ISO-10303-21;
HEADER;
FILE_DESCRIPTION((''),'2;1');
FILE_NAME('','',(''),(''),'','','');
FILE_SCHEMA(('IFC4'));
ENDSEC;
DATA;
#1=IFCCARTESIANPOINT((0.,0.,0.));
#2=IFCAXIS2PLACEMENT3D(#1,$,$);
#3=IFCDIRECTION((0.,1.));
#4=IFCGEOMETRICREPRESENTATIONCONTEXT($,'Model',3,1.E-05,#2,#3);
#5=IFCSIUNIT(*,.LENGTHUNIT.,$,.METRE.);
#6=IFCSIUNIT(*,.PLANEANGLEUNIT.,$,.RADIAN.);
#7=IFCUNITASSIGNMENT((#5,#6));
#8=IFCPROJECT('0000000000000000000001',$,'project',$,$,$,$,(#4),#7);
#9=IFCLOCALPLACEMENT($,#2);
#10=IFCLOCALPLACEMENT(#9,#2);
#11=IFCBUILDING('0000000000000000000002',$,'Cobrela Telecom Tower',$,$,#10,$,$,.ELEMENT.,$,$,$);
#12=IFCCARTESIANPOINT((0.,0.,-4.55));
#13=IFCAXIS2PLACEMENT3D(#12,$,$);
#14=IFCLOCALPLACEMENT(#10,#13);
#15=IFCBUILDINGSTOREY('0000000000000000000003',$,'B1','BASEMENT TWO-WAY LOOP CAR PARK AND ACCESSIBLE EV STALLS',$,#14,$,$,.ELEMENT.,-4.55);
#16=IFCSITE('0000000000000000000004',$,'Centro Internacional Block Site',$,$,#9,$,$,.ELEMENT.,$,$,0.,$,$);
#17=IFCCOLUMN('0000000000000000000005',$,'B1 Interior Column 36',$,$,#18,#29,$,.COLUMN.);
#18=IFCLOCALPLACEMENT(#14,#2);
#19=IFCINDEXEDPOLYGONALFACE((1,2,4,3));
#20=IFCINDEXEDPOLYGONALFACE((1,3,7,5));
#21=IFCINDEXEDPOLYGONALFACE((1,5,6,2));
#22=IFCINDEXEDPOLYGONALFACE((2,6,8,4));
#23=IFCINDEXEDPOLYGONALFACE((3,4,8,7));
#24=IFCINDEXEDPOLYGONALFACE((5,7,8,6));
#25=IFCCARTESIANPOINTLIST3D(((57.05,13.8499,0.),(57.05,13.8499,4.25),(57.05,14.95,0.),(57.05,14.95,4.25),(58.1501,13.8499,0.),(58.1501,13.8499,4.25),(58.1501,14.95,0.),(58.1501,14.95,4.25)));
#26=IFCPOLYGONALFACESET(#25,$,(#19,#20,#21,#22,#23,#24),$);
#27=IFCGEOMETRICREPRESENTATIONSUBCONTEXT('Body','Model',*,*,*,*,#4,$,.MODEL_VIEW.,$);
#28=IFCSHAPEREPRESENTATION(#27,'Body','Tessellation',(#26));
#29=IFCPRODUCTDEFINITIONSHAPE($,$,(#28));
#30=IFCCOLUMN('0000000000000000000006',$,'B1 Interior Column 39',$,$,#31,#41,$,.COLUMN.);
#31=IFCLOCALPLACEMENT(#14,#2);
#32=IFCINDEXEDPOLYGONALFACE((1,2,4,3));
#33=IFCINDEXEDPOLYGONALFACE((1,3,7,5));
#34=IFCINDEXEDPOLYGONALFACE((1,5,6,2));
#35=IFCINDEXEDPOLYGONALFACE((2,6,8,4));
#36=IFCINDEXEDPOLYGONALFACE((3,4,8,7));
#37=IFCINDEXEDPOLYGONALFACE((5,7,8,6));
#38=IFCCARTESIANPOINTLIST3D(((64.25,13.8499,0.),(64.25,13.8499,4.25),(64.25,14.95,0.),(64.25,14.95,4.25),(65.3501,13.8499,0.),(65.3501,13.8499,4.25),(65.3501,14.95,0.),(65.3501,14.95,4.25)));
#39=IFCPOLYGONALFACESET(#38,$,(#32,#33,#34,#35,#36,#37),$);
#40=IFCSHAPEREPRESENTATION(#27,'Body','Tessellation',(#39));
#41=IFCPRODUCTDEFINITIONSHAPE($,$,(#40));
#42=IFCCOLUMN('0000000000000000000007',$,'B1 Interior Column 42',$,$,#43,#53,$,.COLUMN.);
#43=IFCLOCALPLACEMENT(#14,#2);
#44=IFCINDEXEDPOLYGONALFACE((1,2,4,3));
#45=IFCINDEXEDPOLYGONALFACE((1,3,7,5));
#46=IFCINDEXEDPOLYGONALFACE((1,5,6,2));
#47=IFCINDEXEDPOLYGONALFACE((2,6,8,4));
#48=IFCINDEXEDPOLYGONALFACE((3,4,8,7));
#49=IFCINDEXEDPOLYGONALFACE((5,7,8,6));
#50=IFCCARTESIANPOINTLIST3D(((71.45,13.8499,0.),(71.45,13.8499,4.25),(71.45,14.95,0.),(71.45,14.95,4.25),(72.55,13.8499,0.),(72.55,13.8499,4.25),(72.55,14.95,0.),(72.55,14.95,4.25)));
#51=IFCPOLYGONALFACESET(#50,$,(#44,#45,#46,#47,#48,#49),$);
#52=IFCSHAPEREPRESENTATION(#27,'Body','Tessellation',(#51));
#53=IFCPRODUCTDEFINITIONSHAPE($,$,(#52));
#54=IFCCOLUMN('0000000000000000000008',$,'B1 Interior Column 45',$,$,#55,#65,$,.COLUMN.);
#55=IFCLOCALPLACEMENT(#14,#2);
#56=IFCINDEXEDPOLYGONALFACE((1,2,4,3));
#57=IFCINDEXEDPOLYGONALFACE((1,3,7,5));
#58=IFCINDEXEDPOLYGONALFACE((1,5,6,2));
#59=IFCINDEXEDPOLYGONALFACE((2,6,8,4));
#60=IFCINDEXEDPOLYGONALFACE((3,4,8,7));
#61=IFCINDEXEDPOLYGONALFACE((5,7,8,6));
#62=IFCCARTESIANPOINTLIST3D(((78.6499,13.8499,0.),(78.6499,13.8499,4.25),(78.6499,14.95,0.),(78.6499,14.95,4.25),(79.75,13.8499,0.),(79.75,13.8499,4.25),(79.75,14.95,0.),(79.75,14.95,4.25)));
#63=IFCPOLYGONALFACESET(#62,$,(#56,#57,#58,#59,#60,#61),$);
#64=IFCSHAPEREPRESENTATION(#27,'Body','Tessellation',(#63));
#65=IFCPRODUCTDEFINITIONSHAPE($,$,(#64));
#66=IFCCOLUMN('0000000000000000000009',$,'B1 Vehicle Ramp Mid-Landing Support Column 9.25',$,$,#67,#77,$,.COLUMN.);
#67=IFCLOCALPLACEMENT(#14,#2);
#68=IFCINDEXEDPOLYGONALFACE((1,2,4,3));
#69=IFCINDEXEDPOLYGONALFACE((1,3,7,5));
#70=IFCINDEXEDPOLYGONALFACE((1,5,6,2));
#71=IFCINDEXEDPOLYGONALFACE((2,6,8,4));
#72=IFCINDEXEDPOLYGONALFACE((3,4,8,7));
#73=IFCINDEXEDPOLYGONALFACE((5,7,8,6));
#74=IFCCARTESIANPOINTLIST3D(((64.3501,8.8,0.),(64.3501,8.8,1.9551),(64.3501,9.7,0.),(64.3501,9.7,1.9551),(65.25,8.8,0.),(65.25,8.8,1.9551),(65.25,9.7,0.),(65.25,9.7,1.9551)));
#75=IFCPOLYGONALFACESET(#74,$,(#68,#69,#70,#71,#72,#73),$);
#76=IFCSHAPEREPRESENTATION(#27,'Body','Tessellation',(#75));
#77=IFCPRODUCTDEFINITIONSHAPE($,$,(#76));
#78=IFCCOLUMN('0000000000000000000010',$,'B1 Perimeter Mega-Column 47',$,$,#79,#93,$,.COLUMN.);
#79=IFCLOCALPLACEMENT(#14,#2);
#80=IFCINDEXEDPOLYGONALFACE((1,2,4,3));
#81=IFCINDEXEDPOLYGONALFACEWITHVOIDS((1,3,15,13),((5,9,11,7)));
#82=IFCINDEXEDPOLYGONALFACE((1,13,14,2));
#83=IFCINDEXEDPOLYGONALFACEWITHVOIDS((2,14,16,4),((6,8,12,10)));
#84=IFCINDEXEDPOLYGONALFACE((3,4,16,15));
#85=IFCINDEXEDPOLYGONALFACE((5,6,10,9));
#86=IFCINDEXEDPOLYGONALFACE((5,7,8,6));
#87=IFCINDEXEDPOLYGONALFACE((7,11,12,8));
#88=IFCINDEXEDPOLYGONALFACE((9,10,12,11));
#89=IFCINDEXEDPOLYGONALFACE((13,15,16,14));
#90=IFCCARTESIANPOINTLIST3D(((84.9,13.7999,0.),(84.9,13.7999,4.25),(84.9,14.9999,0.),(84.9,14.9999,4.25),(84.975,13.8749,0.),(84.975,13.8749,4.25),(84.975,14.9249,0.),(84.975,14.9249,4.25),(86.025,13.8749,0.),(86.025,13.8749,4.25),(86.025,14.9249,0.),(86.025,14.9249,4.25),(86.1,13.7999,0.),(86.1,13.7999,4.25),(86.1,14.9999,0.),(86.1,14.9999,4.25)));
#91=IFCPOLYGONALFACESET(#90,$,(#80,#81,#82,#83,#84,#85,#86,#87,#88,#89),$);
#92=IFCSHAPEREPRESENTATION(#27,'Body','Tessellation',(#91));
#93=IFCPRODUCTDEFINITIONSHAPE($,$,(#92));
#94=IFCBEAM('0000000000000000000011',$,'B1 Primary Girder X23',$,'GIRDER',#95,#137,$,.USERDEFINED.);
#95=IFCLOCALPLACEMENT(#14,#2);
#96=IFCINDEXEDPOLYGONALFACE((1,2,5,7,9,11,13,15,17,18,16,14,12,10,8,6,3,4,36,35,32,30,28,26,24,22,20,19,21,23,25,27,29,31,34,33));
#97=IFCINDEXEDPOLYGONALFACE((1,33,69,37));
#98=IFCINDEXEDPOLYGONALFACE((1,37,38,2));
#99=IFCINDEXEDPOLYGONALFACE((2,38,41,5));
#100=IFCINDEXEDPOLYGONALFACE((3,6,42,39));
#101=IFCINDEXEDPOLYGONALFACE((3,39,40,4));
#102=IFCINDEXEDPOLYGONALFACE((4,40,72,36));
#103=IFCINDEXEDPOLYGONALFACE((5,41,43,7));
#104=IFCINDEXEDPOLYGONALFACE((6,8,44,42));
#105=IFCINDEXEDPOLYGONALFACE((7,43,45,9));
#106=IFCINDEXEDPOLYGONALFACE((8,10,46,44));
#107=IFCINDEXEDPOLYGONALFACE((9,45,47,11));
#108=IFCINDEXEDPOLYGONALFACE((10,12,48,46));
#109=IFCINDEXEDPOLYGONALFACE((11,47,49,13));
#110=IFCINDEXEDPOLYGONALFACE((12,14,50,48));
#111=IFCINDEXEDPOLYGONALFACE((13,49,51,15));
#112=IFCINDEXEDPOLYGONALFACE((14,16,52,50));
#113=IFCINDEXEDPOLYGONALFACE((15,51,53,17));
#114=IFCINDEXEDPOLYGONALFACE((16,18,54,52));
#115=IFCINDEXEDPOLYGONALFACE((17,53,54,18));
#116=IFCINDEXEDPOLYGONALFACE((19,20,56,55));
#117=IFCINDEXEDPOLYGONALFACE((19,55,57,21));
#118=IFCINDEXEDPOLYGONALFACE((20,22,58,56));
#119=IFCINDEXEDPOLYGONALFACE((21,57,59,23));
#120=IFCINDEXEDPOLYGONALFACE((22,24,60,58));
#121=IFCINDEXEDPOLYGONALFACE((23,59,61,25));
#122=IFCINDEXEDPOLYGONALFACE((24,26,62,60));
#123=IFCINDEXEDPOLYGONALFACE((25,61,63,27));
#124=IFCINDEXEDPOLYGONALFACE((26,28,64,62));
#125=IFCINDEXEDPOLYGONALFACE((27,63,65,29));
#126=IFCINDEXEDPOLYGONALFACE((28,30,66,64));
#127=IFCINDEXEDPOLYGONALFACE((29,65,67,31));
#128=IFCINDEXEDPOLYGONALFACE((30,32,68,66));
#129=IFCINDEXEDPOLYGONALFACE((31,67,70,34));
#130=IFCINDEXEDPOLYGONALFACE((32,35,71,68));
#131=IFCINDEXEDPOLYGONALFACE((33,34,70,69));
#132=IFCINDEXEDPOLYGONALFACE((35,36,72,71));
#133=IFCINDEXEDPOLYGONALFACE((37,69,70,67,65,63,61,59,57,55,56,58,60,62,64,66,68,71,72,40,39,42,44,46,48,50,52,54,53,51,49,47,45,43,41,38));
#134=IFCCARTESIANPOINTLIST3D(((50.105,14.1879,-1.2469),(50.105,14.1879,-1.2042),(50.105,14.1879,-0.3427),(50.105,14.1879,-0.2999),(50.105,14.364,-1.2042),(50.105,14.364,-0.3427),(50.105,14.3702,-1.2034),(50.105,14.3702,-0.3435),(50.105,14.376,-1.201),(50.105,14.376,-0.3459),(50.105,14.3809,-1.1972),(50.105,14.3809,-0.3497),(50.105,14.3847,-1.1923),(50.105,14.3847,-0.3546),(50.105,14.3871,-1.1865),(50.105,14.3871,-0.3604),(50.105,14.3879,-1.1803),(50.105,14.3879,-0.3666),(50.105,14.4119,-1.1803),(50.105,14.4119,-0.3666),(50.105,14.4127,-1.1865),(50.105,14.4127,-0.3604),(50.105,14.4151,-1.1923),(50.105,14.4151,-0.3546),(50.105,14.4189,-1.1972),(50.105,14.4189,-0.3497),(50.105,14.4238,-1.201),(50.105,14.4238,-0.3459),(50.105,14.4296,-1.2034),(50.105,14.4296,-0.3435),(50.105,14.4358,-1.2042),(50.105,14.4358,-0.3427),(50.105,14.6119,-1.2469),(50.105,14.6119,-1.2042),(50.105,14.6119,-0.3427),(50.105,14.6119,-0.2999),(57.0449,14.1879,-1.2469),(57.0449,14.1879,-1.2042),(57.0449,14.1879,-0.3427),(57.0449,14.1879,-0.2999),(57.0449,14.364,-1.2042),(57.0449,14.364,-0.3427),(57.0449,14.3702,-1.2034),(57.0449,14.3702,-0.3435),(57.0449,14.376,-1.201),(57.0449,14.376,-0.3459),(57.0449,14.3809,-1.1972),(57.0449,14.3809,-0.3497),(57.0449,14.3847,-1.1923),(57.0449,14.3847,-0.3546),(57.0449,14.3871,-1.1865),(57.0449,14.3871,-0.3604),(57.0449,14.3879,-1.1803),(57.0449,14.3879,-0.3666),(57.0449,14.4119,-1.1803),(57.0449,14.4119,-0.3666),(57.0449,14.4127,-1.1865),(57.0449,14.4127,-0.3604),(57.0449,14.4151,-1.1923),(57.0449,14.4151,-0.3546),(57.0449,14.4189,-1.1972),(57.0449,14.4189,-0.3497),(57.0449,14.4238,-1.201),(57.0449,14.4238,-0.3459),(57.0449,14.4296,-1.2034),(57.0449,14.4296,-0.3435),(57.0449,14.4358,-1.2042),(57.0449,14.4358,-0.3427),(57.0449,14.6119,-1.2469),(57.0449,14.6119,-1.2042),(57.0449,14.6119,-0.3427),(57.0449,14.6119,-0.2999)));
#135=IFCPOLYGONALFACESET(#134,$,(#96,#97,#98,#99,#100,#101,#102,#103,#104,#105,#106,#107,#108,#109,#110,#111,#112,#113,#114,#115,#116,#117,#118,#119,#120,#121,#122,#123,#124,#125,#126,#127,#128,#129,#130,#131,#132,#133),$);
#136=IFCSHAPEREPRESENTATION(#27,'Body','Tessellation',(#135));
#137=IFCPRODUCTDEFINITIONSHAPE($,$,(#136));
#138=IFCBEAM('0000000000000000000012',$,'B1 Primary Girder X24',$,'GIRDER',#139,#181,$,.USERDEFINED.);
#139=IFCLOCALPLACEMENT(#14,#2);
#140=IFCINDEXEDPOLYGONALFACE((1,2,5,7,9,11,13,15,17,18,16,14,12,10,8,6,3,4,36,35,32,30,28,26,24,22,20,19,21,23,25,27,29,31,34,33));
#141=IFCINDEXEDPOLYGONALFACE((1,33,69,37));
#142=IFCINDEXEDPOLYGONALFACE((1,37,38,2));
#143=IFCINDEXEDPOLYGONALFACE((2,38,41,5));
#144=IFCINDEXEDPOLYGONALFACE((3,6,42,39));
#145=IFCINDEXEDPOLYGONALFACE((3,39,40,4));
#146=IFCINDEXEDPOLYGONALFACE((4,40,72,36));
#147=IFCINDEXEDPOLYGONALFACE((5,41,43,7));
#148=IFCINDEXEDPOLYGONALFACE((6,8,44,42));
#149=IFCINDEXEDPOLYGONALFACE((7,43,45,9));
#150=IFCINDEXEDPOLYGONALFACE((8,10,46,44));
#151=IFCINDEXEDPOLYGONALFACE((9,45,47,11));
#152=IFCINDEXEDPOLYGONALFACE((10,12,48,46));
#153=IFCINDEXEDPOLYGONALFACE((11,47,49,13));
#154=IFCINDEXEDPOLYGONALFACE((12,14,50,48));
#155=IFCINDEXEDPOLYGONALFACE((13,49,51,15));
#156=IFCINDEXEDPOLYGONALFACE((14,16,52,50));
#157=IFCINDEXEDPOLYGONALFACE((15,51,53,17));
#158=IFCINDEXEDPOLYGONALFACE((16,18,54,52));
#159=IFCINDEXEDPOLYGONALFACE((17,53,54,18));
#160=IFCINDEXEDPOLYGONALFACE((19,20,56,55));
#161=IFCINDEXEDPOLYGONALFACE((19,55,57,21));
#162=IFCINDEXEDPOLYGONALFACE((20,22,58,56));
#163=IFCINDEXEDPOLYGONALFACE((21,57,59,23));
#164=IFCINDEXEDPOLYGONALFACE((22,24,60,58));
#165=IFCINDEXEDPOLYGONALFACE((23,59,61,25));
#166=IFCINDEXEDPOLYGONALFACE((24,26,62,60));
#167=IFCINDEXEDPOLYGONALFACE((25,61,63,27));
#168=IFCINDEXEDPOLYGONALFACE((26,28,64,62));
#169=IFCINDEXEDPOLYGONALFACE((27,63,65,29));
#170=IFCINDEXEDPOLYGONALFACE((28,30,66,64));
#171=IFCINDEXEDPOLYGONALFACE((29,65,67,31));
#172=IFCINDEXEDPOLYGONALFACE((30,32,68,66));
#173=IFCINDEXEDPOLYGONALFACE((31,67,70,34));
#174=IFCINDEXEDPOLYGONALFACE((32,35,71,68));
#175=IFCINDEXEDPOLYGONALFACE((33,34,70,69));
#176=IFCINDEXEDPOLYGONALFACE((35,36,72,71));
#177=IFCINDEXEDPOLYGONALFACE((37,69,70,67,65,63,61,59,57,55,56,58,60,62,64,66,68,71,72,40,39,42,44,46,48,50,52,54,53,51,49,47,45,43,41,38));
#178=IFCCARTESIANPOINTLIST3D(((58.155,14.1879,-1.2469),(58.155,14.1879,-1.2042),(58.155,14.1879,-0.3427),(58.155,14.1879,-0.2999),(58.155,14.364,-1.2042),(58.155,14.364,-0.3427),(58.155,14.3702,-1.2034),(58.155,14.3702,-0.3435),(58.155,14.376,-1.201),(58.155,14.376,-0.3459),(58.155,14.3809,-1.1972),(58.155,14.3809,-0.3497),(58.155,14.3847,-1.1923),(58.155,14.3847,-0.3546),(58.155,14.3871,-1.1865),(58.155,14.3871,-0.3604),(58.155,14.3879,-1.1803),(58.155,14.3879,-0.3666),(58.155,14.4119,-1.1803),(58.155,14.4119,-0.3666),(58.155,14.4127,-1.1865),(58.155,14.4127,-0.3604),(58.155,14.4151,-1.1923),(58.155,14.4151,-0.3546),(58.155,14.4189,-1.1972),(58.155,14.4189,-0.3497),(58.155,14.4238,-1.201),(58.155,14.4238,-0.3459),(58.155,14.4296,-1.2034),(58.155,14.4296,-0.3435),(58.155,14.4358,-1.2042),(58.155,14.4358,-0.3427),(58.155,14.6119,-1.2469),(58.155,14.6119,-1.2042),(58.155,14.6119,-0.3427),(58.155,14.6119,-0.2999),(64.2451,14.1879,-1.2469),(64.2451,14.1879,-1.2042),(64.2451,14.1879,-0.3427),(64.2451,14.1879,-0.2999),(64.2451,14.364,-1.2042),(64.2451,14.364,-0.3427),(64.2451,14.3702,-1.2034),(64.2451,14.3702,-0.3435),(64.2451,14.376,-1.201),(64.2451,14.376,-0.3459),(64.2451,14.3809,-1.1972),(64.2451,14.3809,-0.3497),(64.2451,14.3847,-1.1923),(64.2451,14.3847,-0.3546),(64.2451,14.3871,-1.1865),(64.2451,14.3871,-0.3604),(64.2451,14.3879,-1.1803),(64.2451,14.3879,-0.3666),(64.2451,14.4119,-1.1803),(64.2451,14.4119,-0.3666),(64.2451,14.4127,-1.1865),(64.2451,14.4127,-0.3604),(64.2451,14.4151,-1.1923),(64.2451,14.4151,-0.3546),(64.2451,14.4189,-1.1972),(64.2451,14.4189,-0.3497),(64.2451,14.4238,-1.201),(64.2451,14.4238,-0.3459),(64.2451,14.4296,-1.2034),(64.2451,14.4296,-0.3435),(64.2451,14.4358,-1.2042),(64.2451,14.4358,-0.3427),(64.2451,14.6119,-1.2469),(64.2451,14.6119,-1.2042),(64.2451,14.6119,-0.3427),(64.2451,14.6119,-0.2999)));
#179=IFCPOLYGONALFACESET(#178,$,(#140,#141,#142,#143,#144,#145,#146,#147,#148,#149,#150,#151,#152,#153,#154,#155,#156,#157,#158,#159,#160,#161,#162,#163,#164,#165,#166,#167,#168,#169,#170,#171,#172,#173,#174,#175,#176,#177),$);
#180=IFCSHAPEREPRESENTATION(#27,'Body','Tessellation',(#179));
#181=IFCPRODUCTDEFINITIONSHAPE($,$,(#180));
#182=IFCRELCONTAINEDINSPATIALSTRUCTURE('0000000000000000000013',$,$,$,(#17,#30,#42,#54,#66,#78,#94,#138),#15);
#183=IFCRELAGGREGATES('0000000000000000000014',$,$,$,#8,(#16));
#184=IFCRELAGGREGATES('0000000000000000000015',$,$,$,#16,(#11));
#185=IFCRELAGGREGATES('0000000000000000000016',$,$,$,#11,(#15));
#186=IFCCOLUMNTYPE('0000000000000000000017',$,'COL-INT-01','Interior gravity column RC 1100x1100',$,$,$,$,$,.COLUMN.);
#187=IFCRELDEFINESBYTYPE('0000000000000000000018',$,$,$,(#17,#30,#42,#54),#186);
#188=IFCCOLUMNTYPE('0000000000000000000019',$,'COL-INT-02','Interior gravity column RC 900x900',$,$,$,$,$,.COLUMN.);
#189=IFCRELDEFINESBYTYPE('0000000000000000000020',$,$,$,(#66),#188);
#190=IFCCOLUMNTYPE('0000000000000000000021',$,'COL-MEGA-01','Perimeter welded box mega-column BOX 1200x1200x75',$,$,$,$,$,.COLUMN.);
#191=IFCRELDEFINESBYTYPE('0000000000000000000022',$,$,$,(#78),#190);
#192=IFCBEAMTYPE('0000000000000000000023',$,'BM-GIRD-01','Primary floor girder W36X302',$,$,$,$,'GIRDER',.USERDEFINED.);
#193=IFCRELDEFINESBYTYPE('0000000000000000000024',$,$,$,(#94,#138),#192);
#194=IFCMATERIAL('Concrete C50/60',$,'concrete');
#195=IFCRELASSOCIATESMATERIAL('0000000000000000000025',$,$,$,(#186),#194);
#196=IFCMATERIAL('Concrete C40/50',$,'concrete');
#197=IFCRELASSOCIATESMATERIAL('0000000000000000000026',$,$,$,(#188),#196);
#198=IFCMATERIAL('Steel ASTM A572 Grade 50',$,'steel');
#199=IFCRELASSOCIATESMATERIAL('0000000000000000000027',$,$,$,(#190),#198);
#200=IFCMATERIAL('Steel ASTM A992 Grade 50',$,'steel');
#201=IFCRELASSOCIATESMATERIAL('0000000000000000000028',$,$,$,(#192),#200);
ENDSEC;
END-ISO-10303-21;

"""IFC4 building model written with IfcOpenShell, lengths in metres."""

from ifc_helpers import new_model, si_unit, direction, frame, origin, origin_2d, place, context, subcontext, project, spatial, rectangle, hollow_rectangle, i_section, extrude, material, material_profile, profile_set, type_object, element, save


model = new_model("IFC4")

# Units and contexts
model_context = context("Model", 3, precision=1e-05, world=origin(), true_north=direction((0.0, 1.0)))
body_context = subcontext(model_context, "Body", "Model", "MODEL_VIEW")
ifc_project = project(units=[si_unit("LENGTHUNIT", "METRE"), si_unit("PLANEANGLEUNIT", "RADIAN")], contexts=[model_context])

# Site, building, storey
site_placement = place(None, origin())
site = spatial("IfcSite", under=ifc_project, at=site_placement, Name="Centro Internacional Block Site", CompositionType="ELEMENT", RefElevation=0.0)
building_placement = place(site_placement, origin())
building = spatial("IfcBuilding", under=site, at=building_placement, Name="Cobrela Telecom Tower", CompositionType="ELEMENT")
storey_placement = place(building_placement, frame((0.0, 0.0, -4.55)))
storey = spatial("IfcBuildingStorey", under=building, at=storey_placement, Name="B1", Description="BASEMENT TWO-WAY LOOP CAR PARK AND ACCESSIBLE EV STALLS", CompositionType="ELEMENT", Elevation=-4.55)

# Columns
ifc_material_1 = material(Name="Concrete C50/60", Category="concrete")
ifc_material_profile_1 = material_profile(ifc_material_1, rectangle(XDim=1.1001, YDim=1.1001, at=origin_2d()), Name="RC 1100x1100")
ifc_profile_set_1 = profile_set([ifc_material_profile_1], Name="Concrete C50/60")
column_type_1 = type_object("IfcColumnType", Name="COL-INT-01", Description="Interior gravity column RC 1100x1100", PredefinedType="COLUMN", material=ifc_profile_set_1)
for number, where, z_axis, x_axis, name in (
    (1, (57.6001, 14.3999, 0.0), (0.0, 0.0, 1.0), (1.0, 0.0, 0.0), "B1 Interior Column 36"),
    (2, (64.8, 14.3999, 0.0), (0.0, 0.0, 1.0), (1.0, 0.0, 0.0), "B1 Interior Column 39"),
    (3, (72.0, 14.3999, 0.0), (0.0, 0.0, 1.0), (1.0, 0.0, 0.0), "B1 Interior Column 42"),
    (4, (79.2, 14.3999, 0.0), (0.0, 0.0, 1.0), (1.0, 0.0, 0.0), "B1 Interior Column 45"),
):
    element("IfcColumn", number, at=place(storey_placement, frame(where, z_axis=z_axis, x_axis=x_axis)), inside=storey, type_object=column_type_1, Name=name, PredefinedType="COLUMN", context=body_context, shape_type="SweptSolid", body=[
        extrude(rectangle(XDim=1.1001, YDim=1.1001, at=origin_2d()), origin(), (0.0, 0.0, 1.0), 4.25),
    ])
ifc_material_2 = material(Name="Concrete C40/50", Category="concrete")
ifc_material_profile_2 = material_profile(ifc_material_2, rectangle(XDim=0.8999, YDim=0.8999, at=origin_2d()), Name="RC 900x900")
ifc_profile_set_2 = profile_set([ifc_material_profile_2], Name="Concrete C40/50")
column_type_2 = type_object("IfcColumnType", Name="COL-INT-02", Description="Interior gravity column RC 900x900", PredefinedType="COLUMN", material=ifc_profile_set_2)
column_1_placement = place(storey_placement, frame((64.8, 9.25, 0.0), z_axis=(0.0, 0.0, 1.0), x_axis=(1.0, 0.0, 0.0)))
element("IfcColumn", 5, at=column_1_placement, inside=storey, type_object=column_type_2, Name="B1 Vehicle Ramp Mid-Landing Support Column 9.25", PredefinedType="COLUMN", context=body_context, shape_type="SweptSolid", body=[
    extrude(rectangle(XDim=0.8999, YDim=0.8999, at=origin_2d()), origin(), (0.0, 0.0, 1.0), 1.9551),
])
ifc_material_3 = material(Name="Steel ASTM A572 Grade 50", Category="steel")
ifc_material_profile_3 = material_profile(ifc_material_3, hollow_rectangle(XDim=1.2, YDim=1.2, WallThickness=0.075, at=origin_2d()), Name="BOX 1200x1200x75")
ifc_profile_set_3 = profile_set([ifc_material_profile_3], Name="Steel ASTM A572 Grade 50")
column_type_3 = type_object("IfcColumnType", Name="COL-MEGA-01", Description="Perimeter welded box mega-column BOX 1200x1200x75", PredefinedType="COLUMN", material=ifc_profile_set_3)
column_2_placement = place(storey_placement, frame((85.5, 14.3999, 0.0), z_axis=(0.0, 0.0, 1.0), x_axis=(1.0, 0.0, 0.0)))
element("IfcColumn", 6, at=column_2_placement, inside=storey, type_object=column_type_3, Name="B1 Perimeter Mega-Column 47", PredefinedType="COLUMN", context=body_context, shape_type="SweptSolid", body=[
    extrude(hollow_rectangle(XDim=1.2, YDim=1.2, WallThickness=0.075, at=origin_2d()), origin(), (0.0, 0.0, 1.0), 4.25),
])

# Beams
ifc_material_4 = material(Name="Steel ASTM A992 Grade 50", Category="steel")
ifc_material_profile_4 = material_profile(ifc_material_4, i_section(OverallWidth=0.4241, OverallDepth=0.947, WebThickness=0.0239, FlangeThickness=0.0427, FilletRadius=0.0239, at=origin_2d()), Name="W36X302")
ifc_profile_set_4 = profile_set([ifc_material_profile_4], Name="Steel ASTM A992 Grade 50")
beam_type_1 = type_object("IfcBeamType", Name="BM-GIRD-01", Description="Primary floor girder W36X302", ElementType="GIRDER", PredefinedType="USERDEFINED", material=ifc_profile_set_4)
beam_1_placement = place(storey_placement, frame((50.105, 14.3999, -0.7734), z_axis=(1.0, 0.0, 0.0), x_axis=(0.0, 1.0, 0.0)))
element("IfcBeam", 7, at=beam_1_placement, inside=storey, type_object=beam_type_1, Name="B1 Primary Girder X23", ObjectType="GIRDER", PredefinedType="USERDEFINED", context=body_context, shape_type="SweptSolid", body=[
    extrude(i_section(OverallWidth=0.4241, OverallDepth=0.947, WebThickness=0.0239, FlangeThickness=0.0427, FilletRadius=0.0239, at=origin_2d()), origin(), (0.0, 0.0, 1.0), 6.9399),
])
for number, where, z_axis, x_axis, name in (
    (8, (58.155, 14.3999, -0.7734), (1.0, 0.0, 0.0), (0.0, 1.0, 0.0), "B1 Primary Girder X24"),
):
    element("IfcBeam", number, at=place(storey_placement, frame(where, z_axis=z_axis, x_axis=x_axis)), inside=storey, type_object=beam_type_1, Name=name, ObjectType="GIRDER", PredefinedType="USERDEFINED", context=body_context, shape_type="SweptSolid", body=[
        extrude(i_section(OverallWidth=0.4241, OverallDepth=0.947, WebThickness=0.0239, FlangeThickness=0.0427, FilletRadius=0.0239, at=origin_2d()), origin(), (0.0, 0.0, 1.0), 6.0901),
    ])

save(model, "model.ifc")
